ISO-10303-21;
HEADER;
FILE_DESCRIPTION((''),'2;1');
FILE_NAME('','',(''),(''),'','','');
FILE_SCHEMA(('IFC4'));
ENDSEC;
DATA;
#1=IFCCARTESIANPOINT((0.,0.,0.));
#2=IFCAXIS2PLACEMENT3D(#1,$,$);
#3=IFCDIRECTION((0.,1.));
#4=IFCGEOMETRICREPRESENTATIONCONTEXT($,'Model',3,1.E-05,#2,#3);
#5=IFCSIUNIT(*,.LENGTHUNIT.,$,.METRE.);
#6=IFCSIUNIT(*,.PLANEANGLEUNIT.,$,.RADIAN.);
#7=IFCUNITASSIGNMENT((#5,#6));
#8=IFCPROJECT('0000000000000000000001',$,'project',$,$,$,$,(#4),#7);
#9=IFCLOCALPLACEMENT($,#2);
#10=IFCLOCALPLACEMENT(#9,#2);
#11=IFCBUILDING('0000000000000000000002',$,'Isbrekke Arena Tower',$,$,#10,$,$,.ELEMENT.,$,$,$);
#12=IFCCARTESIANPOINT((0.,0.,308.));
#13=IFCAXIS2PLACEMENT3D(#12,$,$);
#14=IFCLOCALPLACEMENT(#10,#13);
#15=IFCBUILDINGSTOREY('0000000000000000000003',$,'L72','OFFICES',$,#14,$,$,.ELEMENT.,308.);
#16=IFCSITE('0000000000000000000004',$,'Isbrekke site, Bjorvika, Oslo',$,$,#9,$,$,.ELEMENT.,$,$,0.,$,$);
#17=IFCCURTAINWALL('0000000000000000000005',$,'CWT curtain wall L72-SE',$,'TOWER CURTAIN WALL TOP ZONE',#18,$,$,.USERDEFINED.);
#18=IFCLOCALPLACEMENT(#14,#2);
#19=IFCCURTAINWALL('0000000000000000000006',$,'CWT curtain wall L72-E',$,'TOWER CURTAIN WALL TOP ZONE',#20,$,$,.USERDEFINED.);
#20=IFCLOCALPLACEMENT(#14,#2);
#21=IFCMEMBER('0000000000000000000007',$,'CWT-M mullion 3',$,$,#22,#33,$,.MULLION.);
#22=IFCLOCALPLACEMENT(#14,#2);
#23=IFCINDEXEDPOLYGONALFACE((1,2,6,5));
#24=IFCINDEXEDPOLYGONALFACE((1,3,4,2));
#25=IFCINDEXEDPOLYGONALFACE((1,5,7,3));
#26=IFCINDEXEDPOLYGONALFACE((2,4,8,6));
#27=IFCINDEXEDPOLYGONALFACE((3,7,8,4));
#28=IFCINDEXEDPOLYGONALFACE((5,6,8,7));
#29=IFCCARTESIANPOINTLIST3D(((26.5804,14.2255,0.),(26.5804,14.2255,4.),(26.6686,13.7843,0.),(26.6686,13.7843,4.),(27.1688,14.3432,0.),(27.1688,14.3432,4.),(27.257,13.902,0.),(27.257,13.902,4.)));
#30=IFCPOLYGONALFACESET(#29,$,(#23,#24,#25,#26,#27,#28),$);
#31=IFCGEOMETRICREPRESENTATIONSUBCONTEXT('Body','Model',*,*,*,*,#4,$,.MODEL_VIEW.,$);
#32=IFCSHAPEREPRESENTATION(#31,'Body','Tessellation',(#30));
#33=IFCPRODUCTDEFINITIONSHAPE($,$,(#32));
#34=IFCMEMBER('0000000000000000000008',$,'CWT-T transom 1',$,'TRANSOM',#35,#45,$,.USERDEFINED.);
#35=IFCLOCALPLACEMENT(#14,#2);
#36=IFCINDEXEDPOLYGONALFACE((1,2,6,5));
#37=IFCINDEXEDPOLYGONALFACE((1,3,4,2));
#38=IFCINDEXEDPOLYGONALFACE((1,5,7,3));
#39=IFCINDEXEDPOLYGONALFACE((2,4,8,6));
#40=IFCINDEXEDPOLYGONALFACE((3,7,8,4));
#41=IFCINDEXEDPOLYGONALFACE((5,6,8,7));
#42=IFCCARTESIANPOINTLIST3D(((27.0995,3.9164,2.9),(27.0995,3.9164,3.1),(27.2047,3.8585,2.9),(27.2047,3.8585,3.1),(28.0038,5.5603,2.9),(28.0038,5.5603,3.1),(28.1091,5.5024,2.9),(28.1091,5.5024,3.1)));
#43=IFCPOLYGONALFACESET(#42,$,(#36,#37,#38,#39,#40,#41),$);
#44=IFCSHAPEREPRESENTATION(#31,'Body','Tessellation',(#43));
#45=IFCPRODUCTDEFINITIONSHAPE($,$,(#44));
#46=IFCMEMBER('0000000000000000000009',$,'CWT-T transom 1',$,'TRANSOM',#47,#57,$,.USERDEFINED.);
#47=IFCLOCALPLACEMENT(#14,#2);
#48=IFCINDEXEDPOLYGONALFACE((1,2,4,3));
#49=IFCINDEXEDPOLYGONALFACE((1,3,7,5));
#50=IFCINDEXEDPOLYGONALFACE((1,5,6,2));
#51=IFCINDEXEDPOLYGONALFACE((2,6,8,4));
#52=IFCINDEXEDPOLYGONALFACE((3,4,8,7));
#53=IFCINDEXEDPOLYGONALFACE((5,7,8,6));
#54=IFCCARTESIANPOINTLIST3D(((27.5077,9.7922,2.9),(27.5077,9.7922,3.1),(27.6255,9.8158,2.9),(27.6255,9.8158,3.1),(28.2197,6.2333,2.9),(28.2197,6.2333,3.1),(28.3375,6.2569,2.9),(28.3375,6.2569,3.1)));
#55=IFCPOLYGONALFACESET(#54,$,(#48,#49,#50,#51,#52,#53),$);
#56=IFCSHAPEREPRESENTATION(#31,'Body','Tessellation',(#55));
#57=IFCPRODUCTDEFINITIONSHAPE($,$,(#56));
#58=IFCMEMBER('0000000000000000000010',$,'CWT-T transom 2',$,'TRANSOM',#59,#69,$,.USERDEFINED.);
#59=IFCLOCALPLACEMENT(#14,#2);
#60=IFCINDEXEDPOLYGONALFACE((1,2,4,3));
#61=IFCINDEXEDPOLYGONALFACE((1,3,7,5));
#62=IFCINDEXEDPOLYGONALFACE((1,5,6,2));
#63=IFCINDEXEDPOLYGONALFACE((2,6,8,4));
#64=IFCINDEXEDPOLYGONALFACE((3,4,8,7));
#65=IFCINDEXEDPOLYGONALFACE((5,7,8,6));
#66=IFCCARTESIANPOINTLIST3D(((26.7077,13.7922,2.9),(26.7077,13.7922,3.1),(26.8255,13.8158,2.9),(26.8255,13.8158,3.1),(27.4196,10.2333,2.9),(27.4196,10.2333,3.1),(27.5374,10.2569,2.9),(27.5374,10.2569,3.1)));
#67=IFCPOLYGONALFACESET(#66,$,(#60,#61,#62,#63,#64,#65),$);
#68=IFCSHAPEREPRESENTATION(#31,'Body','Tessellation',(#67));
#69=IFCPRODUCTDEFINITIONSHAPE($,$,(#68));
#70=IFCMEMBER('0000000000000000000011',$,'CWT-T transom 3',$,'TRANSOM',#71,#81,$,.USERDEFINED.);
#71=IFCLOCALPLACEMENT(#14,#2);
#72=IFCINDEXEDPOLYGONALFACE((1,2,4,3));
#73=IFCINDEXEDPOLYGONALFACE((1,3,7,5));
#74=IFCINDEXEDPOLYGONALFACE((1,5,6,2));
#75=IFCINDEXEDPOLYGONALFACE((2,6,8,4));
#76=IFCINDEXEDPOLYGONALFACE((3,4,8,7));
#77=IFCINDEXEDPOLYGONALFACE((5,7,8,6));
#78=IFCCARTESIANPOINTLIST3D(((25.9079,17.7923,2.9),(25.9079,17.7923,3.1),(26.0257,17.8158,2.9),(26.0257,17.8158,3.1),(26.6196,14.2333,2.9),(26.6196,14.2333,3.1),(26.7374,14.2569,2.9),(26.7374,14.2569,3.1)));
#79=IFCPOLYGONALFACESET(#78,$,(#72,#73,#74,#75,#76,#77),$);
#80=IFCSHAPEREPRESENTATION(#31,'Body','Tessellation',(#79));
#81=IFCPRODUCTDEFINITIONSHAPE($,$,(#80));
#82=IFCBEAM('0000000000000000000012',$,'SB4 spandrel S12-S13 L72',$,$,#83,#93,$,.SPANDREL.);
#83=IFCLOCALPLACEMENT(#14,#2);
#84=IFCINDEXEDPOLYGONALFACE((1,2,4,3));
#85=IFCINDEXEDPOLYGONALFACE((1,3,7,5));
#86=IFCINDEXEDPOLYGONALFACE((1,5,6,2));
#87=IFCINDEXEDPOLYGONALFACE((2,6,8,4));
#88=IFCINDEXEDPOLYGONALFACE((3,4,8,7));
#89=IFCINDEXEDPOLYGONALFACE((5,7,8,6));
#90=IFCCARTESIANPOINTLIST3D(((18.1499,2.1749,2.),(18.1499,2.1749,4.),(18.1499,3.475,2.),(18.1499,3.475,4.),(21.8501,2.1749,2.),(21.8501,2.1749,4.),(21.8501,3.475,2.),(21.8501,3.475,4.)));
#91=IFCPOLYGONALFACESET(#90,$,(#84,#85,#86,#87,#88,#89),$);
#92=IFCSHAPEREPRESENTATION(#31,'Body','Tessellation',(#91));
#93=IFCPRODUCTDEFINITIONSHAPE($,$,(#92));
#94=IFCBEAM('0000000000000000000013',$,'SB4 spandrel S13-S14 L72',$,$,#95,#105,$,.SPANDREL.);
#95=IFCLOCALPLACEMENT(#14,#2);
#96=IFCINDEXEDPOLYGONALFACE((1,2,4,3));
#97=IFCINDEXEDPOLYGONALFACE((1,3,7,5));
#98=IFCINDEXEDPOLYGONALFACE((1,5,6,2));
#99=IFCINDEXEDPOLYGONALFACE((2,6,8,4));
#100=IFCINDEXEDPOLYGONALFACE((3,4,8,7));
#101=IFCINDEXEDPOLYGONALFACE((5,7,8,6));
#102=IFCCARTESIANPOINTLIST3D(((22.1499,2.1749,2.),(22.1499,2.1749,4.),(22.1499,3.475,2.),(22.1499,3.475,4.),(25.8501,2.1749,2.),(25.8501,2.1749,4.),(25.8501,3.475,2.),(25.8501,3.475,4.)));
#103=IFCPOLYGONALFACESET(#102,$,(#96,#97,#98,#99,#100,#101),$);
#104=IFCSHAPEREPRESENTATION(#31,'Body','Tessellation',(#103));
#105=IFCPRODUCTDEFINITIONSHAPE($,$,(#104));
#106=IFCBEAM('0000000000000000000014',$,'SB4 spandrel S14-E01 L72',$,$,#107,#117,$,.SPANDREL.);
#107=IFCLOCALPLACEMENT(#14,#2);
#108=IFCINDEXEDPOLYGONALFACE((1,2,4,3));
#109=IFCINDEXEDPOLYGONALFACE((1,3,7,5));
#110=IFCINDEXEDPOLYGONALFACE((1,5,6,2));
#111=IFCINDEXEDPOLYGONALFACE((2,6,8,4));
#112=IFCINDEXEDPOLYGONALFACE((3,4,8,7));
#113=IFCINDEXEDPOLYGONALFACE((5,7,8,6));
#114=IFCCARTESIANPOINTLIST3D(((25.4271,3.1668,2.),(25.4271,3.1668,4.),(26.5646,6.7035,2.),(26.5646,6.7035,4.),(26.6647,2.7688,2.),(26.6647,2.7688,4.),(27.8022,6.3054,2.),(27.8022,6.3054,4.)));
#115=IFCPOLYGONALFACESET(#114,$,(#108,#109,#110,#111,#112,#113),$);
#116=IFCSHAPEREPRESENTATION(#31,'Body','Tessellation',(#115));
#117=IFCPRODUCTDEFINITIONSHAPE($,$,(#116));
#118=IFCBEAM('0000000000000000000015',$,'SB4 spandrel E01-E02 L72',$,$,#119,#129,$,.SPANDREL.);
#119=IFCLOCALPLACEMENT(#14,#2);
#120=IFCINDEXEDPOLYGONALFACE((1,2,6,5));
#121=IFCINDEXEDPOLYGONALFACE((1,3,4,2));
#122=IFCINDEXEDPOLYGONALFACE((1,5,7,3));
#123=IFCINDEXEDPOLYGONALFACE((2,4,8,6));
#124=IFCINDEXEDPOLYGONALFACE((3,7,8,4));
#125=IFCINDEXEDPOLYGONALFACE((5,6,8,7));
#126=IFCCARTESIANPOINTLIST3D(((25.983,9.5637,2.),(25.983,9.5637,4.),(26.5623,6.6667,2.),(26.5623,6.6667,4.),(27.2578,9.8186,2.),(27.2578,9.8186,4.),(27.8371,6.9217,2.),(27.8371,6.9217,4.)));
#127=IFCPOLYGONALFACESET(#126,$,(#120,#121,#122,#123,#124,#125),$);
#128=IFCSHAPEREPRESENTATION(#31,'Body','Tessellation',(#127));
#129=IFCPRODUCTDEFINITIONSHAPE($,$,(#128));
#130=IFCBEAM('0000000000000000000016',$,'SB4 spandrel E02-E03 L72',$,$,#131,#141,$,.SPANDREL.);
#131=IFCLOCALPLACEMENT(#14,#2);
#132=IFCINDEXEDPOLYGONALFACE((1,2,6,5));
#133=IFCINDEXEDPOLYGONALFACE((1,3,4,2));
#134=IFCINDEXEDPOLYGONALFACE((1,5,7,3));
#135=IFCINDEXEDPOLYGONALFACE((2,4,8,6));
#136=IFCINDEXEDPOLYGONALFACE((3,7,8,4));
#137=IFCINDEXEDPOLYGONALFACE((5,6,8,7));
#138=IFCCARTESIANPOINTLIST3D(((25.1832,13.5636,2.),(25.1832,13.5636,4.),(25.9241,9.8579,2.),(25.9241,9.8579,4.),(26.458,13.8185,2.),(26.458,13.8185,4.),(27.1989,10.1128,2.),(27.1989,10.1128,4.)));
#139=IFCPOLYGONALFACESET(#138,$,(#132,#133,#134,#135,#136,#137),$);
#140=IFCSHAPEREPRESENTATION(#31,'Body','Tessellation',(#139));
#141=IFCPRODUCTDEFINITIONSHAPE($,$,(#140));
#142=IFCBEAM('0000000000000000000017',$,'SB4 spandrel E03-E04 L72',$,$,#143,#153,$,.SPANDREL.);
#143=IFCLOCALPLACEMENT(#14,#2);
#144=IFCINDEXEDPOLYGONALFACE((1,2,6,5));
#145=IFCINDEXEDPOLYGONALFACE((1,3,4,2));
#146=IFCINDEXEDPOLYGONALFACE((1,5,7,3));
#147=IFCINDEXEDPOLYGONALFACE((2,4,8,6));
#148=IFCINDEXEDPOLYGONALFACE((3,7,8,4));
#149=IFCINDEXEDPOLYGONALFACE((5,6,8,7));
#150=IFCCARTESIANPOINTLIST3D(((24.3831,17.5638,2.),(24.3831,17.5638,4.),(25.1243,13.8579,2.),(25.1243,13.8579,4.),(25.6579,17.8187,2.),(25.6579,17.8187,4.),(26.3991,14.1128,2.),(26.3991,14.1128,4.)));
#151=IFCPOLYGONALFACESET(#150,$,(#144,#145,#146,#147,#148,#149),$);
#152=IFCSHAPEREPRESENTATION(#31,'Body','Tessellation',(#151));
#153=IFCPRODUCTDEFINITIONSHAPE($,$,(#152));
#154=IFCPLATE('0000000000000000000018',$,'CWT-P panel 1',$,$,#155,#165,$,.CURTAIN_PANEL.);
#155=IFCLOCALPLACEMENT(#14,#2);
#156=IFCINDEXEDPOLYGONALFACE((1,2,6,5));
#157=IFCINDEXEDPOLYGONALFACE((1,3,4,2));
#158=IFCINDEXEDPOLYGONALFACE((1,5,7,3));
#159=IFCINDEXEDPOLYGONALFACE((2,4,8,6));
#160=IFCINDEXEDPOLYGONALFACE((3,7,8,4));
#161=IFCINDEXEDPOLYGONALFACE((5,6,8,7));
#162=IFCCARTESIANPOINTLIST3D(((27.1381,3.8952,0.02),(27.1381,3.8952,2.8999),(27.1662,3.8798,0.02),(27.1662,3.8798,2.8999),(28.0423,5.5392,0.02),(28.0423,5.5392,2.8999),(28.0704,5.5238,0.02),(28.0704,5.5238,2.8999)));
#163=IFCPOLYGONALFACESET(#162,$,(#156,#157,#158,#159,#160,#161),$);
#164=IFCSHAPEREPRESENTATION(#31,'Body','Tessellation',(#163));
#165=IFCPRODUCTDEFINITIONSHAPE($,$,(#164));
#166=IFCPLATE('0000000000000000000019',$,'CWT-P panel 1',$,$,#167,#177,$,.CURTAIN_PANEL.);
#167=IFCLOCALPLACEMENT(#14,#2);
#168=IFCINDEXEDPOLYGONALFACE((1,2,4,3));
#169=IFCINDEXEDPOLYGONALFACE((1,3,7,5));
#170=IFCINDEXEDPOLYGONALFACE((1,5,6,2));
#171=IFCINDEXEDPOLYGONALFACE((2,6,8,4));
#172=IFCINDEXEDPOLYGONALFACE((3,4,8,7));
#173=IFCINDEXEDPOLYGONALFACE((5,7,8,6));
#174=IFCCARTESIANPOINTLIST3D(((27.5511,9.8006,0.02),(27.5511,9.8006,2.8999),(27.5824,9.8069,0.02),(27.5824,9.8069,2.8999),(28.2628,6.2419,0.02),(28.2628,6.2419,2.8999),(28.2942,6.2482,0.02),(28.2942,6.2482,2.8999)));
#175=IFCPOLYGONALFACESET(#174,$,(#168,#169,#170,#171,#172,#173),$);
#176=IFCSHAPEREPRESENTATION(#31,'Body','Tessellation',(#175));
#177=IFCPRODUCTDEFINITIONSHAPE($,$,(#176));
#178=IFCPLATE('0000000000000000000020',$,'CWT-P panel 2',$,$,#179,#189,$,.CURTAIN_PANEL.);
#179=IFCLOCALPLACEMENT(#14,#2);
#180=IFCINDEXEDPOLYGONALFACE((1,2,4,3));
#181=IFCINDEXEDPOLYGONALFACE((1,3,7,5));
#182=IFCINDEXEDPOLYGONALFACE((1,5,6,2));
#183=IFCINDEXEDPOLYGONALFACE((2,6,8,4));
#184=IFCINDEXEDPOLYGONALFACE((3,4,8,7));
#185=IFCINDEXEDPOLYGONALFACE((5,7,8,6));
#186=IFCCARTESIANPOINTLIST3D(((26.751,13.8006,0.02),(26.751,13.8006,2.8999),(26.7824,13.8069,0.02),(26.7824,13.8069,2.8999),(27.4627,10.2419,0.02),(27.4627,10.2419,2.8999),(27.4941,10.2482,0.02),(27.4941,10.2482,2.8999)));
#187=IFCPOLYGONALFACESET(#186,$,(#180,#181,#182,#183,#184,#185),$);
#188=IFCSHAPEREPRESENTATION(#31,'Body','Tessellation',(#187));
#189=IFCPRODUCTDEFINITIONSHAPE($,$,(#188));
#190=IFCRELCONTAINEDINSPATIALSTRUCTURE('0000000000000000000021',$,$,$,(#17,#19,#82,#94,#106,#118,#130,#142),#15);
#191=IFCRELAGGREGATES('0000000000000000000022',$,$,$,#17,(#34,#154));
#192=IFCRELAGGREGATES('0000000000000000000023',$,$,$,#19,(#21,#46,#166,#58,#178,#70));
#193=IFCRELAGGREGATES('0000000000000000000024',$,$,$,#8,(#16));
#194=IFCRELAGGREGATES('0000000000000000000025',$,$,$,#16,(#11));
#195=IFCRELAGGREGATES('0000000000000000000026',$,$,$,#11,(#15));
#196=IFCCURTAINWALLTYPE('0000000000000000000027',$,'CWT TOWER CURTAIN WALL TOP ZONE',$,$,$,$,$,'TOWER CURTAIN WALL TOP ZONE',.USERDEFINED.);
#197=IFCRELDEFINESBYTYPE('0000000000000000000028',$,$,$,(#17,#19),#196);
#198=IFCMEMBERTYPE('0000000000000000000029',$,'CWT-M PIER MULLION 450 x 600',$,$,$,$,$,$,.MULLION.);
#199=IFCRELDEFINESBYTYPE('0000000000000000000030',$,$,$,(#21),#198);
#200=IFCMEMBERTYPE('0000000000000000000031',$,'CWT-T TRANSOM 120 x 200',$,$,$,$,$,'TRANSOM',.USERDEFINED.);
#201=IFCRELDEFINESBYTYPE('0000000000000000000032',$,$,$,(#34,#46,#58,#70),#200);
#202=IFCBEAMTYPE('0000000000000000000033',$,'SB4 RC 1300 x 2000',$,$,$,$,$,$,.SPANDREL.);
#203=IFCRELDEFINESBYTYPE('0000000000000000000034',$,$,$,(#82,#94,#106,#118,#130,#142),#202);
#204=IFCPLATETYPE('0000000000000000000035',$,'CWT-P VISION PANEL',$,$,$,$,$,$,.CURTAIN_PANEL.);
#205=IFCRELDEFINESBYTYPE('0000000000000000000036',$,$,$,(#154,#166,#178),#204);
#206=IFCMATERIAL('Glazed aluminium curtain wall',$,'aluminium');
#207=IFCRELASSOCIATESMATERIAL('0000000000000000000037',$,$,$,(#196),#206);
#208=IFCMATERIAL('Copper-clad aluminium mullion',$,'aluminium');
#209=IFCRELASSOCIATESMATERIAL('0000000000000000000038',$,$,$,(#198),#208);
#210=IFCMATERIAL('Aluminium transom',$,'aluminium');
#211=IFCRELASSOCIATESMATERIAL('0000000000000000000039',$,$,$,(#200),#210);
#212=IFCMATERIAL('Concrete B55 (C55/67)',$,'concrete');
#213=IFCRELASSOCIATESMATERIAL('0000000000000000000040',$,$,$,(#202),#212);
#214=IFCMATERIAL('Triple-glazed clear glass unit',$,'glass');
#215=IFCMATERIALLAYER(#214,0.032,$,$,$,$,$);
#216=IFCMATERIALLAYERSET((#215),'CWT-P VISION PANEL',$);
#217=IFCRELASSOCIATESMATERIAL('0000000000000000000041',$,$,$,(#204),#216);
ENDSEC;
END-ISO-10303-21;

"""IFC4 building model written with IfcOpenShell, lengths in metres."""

from ifc_helpers import new_model, si_unit, direction, frame, origin, origin_2d, place, context, subcontext, project, spatial, rectangle, extrude, material, layer, layer_set, material_profile, profile_set, type_object, element, aggregate, save


model = new_model("IFC4")

# Units and contexts
model_context = context("Model", 3, precision=1e-05, world=origin(), true_north=direction((0.0, 1.0)))
body_context = subcontext(model_context, "Body", "Model", "MODEL_VIEW")
ifc_project = project(units=[si_unit("LENGTHUNIT", "METRE"), si_unit("PLANEANGLEUNIT", "RADIAN")], contexts=[model_context])

# Site, building, storey
site_placement = place(None, origin())
site = spatial("IfcSite", under=ifc_project, at=site_placement, Name="Isbrekke site, Bjorvika, Oslo", CompositionType="ELEMENT", RefElevation=0.0)
building_placement = place(site_placement, origin())
building = spatial("IfcBuilding", under=site, at=building_placement, Name="Isbrekke Arena Tower", CompositionType="ELEMENT")
storey_placement = place(building_placement, frame((0.0, 0.0, 308.0)))
storey = spatial("IfcBuildingStorey", under=building, at=storey_placement, Name="L72", Description="OFFICES", CompositionType="ELEMENT", Elevation=308.0)

# Curtain walls, member
ifc_material_1 = material(Name="Glazed aluminium curtain wall", Category="aluminium")
curtain_wall_type = type_object("IfcCurtainWallType", Name="CWT TOWER CURTAIN WALL TOP ZONE", ElementType="TOWER CURTAIN WALL TOP ZONE", PredefinedType="USERDEFINED", material=ifc_material_1)
curtain_wall_1_placement = place(storey_placement, origin())
curtain_wall_1 = element("IfcCurtainWall", 1, at=curtain_wall_1_placement, inside=storey, type_object=curtain_wall_type, Name="CWT curtain wall L72-SE", ObjectType="TOWER CURTAIN WALL TOP ZONE", PredefinedType="USERDEFINED")
ifc_material_2 = material(Name="Copper-clad aluminium mullion", Category="aluminium")
ifc_material_profile_1 = material_profile(ifc_material_2, rectangle(XDim=0.45, YDim=0.6001, at=origin_2d()), Name="PIER 450X600")
ifc_profile_set_1 = profile_set([ifc_material_profile_1], Name="Copper-clad aluminium mullion")
member_type_1 = type_object("IfcMemberType", Name="CWT-M PIER MULLION 450 x 600", PredefinedType="MULLION", material=ifc_profile_set_1)
curtain_wall_2_placement = place(storey_placement, origin())
curtain_wall_2 = element("IfcCurtainWall", 2, at=curtain_wall_2_placement, inside=storey, type_object=curtain_wall_type, Name="CWT curtain wall L72-E", ObjectType="TOWER CURTAIN WALL TOP ZONE", PredefinedType="USERDEFINED")
member_1_placement = place(storey_placement, frame((26.9187, 14.0637, 0.0), z_axis=(0.0, 0.0, 1.0), x_axis=(-0.196116, 0.980581, 0.0)))
member_1 = element("IfcMember", 3, at=member_1_placement, type_object=member_type_1, Name="CWT-M mullion 3", PredefinedType="MULLION", context=body_context, shape_type="SweptSolid", body=[
    extrude(rectangle(XDim=0.45, YDim=0.6001, at=origin_2d()), origin(), (0.0, 0.0, 1.0), 4.0),
])

# Members
ifc_material_3 = material(Name="Aluminium transom", Category="aluminium")
ifc_material_profile_2 = material_profile(ifc_material_3, rectangle(XDim=0.1201, YDim=0.2, at=origin_2d()), Name="TRANSOM 120X200")
ifc_profile_set_2 = profile_set([ifc_material_profile_2], Name="Aluminium transom")
member_type_2 = type_object("IfcMemberType", Name="CWT-T TRANSOM 120 x 200", ElementType="TRANSOM", PredefinedType="USERDEFINED", material=ifc_profile_set_2)
member_2_placement = place(storey_placement, frame((27.1521, 3.8875, 3.0), z_axis=(0.482004, 0.876169, 0.0), x_axis=(-0.876169, 0.482004, 0.0)))
member_2 = element("IfcMember", 4, at=member_2_placement, type_object=member_type_2, Name="CWT-T transom 1", ObjectType="TRANSOM", PredefinedType="USERDEFINED", context=body_context, shape_type="SweptSolid", body=[
    extrude(rectangle(XDim=0.1201, YDim=0.2, at=origin_2d()), origin(), (0.0, 0.0, 1.0), 1.8762),
])
member_3_placement = place(storey_placement, frame((28.2786, 6.2451, 3.0), z_axis=(-0.196155, 0.980573, 0.0), x_axis=(-0.980573, -0.196155, 0.0)))
member_3 = element("IfcMember", 5, at=member_3_placement, type_object=member_type_2, Name="CWT-T transom 1", ObjectType="TRANSOM", PredefinedType="USERDEFINED", context=body_context, shape_type="SweptSolid", body=[
    extrude(rectangle(XDim=0.1201, YDim=0.2, at=origin_2d()), origin(), (0.0, 0.0, 1.0), 3.6294),
])
member_4_placement = place(storey_placement, frame((27.4785, 10.2451, 3.0), z_axis=(-0.196155, 0.980573, 0.0), x_axis=(-0.980573, -0.196155, 0.0)))
member_4 = element("IfcMember", 6, at=member_4_placement, type_object=member_type_2, Name="CWT-T transom 2", ObjectType="TRANSOM", PredefinedType="USERDEFINED", context=body_context, shape_type="SweptSolid", body=[
    extrude(rectangle(XDim=0.1201, YDim=0.2, at=origin_2d()), origin(), (0.0, 0.0, 1.0), 3.6294),
])
member_5_placement = place(storey_placement, frame((26.6785, 14.2451, 3.0), z_axis=(-0.19609, 0.980586, 0.0), x_axis=(-0.980586, -0.19609, 0.0)))
member_5 = element("IfcMember", 7, at=member_5_placement, type_object=member_type_2, Name="CWT-T transom 3", ObjectType="TRANSOM", PredefinedType="USERDEFINED", context=body_context, shape_type="SweptSolid", body=[
    extrude(rectangle(XDim=0.1201, YDim=0.2, at=origin_2d()), origin(), (0.0, 0.0, 1.0), 3.6294),
])

# Beams
ifc_material_4 = material(Name="Concrete B55 (C55/67)", Category="concrete")
ifc_material_profile_3 = material_profile(ifc_material_4, rectangle(XDim=1.3, YDim=2.0, at=origin_2d()), Name="RC 1300x2000")
ifc_profile_set_3 = profile_set([ifc_material_profile_3], Name="Concrete B55 (C55/67)")
beam_type_1 = type_object("IfcBeamType", Name="SB4 RC 1300 x 2000", PredefinedType="SPANDREL", material=ifc_profile_set_3)
for number, where, z_axis, x_axis, name in (
    (8, (18.1499, 2.825, 3.0), (1.0, 0.0, 0.0), (0.0, 1.0, 0.0), "SB4 spandrel S12-S13 L72"),
    (9, (22.1499, 2.825, 3.0), (1.0, 0.0, 0.0), (0.0, 1.0, 0.0), "SB4 spandrel S13-S14 L72"),
):
    element("IfcBeam", number, at=place(storey_placement, frame(where, z_axis=z_axis, x_axis=x_axis)), inside=storey, type_object=beam_type_1, Name=name, PredefinedType="SPANDREL", context=body_context, shape_type="SweptSolid", body=[
        extrude(rectangle(XDim=1.3, YDim=2.0, at=origin_2d()), origin(), (0.0, 0.0, 1.0), 3.7002),
    ])
beam_1_placement = place(storey_placement, frame((26.0459, 2.9678, 3.0), z_axis=(0.306175, 0.951975, 0.0), x_axis=(-0.951975, 0.306175, 0.0)))
element("IfcBeam", 10, at=beam_1_placement, inside=storey, type_object=beam_type_1, Name="SB4 spandrel S14-E01 L72", PredefinedType="SPANDREL", context=body_context, shape_type="SweptSolid", body=[
    extrude(rectangle(XDim=1.3, YDim=2.0, at=origin_2d()), origin(), (0.0, 0.0, 1.0), 3.7151),
])
beam_2_placement = place(storey_placement, frame((27.1997, 6.7942, 3.0), z_axis=(-0.1961, 0.980584, 0.0), x_axis=(-0.980584, -0.1961, 0.0)))
element("IfcBeam", 11, at=beam_2_placement, inside=storey, type_object=beam_type_1, Name="SB4 spandrel E01-E02 L72", PredefinedType="SPANDREL", context=body_context, shape_type="SweptSolid", body=[
    extrude(rectangle(XDim=1.3, YDim=2.0, at=origin_2d()), origin(), (0.0, 0.0, 1.0), 2.9543),
])
beam_3_placement = place(storey_placement, frame((26.5615, 9.9854, 3.0), z_axis=(-0.196066, 0.980591, 0.0), x_axis=(-0.980591, -0.196066, 0.0)))
element("IfcBeam", 12, at=beam_3_placement, inside=storey, type_object=beam_type_1, Name="SB4 spandrel E02-E03 L72", PredefinedType="SPANDREL", context=body_context, shape_type="SweptSolid", body=[
    extrude(rectangle(XDim=1.3, YDim=2.0, at=origin_2d()), origin(), (0.0, 0.0, 1.0), 3.7791),
])
beam_4_placement = place(storey_placement, frame((25.7617, 13.9854, 3.0), z_axis=(-0.196129, 0.980578, 0.0), x_axis=(-0.980578, -0.196129, 0.0)))
element("IfcBeam", 13, at=beam_4_placement, inside=storey, type_object=beam_type_1, Name="SB4 spandrel E03-E04 L72", PredefinedType="SPANDREL", context=body_context, shape_type="SweptSolid", body=[
    extrude(rectangle(XDim=1.3, YDim=2.0, at=origin_2d()), origin(), (0.0, 0.0, 1.0), 3.7793),
])

# Plates
ifc_material_5 = material(Name="Triple-glazed clear glass unit", Category="glass")
ifc_layer_1 = layer(ifc_material_5, 0.032)
ifc_layer_set_1 = layer_set([ifc_layer_1], Name="CWT-P VISION PANEL")
plate_type = type_object("IfcPlateType", Name="CWT-P VISION PANEL", PredefinedType="CURTAIN_PANEL", material=ifc_layer_set_1)
plate_1_placement = place(storey_placement, frame((27.6042, 4.7095, 0.02), z_axis=(0.0, 0.0, 1.0), x_axis=(0.481919, 0.876216, 0.0)))
plate_1 = element("IfcPlate", 14, at=plate_1_placement, type_object=plate_type, Name="CWT-P panel 1", PredefinedType="CURTAIN_PANEL", context=body_context, shape_type="SweptSolid", body=[
    extrude(rectangle(XDim=1.8762, YDim=0.032, at=origin_2d()), origin(), (0.0, 0.0, 1.0), 2.8799),
])
aggregate(curtain_wall_1, [member_2, plate_1])
plate_2_placement = place(storey_placement, frame((27.9226, 8.0244, 0.02), z_axis=(0.0, 0.0, 1.0), x_axis=(-0.196116, 0.980581, 0.0)))
plate_2 = element("IfcPlate", 15, at=plate_2_placement, type_object=plate_type, Name="CWT-P panel 1", PredefinedType="CURTAIN_PANEL", context=body_context, shape_type="SweptSolid", body=[
    extrude(rectangle(XDim=3.6292, YDim=0.032, at=origin_2d()), origin(), (0.0, 0.0, 1.0), 2.8799),
])
plate_3_placement = place(storey_placement, frame((27.1226, 12.0244, 0.02), z_axis=(0.0, 0.0, 1.0), x_axis=(-0.196116, 0.980581, 0.0)))
plate_3 = element("IfcPlate", 16, at=plate_3_placement, type_object=plate_type, Name="CWT-P panel 2", PredefinedType="CURTAIN_PANEL", context=body_context, shape_type="SweptSolid", body=[
    extrude(rectangle(XDim=3.6292, YDim=0.032, at=origin_2d()), origin(), (0.0, 0.0, 1.0), 2.8799),
])
aggregate(curtain_wall_2, [member_1, member_3, plate_2, member_4, plate_3, member_5])

save(model, "model.ifc")
